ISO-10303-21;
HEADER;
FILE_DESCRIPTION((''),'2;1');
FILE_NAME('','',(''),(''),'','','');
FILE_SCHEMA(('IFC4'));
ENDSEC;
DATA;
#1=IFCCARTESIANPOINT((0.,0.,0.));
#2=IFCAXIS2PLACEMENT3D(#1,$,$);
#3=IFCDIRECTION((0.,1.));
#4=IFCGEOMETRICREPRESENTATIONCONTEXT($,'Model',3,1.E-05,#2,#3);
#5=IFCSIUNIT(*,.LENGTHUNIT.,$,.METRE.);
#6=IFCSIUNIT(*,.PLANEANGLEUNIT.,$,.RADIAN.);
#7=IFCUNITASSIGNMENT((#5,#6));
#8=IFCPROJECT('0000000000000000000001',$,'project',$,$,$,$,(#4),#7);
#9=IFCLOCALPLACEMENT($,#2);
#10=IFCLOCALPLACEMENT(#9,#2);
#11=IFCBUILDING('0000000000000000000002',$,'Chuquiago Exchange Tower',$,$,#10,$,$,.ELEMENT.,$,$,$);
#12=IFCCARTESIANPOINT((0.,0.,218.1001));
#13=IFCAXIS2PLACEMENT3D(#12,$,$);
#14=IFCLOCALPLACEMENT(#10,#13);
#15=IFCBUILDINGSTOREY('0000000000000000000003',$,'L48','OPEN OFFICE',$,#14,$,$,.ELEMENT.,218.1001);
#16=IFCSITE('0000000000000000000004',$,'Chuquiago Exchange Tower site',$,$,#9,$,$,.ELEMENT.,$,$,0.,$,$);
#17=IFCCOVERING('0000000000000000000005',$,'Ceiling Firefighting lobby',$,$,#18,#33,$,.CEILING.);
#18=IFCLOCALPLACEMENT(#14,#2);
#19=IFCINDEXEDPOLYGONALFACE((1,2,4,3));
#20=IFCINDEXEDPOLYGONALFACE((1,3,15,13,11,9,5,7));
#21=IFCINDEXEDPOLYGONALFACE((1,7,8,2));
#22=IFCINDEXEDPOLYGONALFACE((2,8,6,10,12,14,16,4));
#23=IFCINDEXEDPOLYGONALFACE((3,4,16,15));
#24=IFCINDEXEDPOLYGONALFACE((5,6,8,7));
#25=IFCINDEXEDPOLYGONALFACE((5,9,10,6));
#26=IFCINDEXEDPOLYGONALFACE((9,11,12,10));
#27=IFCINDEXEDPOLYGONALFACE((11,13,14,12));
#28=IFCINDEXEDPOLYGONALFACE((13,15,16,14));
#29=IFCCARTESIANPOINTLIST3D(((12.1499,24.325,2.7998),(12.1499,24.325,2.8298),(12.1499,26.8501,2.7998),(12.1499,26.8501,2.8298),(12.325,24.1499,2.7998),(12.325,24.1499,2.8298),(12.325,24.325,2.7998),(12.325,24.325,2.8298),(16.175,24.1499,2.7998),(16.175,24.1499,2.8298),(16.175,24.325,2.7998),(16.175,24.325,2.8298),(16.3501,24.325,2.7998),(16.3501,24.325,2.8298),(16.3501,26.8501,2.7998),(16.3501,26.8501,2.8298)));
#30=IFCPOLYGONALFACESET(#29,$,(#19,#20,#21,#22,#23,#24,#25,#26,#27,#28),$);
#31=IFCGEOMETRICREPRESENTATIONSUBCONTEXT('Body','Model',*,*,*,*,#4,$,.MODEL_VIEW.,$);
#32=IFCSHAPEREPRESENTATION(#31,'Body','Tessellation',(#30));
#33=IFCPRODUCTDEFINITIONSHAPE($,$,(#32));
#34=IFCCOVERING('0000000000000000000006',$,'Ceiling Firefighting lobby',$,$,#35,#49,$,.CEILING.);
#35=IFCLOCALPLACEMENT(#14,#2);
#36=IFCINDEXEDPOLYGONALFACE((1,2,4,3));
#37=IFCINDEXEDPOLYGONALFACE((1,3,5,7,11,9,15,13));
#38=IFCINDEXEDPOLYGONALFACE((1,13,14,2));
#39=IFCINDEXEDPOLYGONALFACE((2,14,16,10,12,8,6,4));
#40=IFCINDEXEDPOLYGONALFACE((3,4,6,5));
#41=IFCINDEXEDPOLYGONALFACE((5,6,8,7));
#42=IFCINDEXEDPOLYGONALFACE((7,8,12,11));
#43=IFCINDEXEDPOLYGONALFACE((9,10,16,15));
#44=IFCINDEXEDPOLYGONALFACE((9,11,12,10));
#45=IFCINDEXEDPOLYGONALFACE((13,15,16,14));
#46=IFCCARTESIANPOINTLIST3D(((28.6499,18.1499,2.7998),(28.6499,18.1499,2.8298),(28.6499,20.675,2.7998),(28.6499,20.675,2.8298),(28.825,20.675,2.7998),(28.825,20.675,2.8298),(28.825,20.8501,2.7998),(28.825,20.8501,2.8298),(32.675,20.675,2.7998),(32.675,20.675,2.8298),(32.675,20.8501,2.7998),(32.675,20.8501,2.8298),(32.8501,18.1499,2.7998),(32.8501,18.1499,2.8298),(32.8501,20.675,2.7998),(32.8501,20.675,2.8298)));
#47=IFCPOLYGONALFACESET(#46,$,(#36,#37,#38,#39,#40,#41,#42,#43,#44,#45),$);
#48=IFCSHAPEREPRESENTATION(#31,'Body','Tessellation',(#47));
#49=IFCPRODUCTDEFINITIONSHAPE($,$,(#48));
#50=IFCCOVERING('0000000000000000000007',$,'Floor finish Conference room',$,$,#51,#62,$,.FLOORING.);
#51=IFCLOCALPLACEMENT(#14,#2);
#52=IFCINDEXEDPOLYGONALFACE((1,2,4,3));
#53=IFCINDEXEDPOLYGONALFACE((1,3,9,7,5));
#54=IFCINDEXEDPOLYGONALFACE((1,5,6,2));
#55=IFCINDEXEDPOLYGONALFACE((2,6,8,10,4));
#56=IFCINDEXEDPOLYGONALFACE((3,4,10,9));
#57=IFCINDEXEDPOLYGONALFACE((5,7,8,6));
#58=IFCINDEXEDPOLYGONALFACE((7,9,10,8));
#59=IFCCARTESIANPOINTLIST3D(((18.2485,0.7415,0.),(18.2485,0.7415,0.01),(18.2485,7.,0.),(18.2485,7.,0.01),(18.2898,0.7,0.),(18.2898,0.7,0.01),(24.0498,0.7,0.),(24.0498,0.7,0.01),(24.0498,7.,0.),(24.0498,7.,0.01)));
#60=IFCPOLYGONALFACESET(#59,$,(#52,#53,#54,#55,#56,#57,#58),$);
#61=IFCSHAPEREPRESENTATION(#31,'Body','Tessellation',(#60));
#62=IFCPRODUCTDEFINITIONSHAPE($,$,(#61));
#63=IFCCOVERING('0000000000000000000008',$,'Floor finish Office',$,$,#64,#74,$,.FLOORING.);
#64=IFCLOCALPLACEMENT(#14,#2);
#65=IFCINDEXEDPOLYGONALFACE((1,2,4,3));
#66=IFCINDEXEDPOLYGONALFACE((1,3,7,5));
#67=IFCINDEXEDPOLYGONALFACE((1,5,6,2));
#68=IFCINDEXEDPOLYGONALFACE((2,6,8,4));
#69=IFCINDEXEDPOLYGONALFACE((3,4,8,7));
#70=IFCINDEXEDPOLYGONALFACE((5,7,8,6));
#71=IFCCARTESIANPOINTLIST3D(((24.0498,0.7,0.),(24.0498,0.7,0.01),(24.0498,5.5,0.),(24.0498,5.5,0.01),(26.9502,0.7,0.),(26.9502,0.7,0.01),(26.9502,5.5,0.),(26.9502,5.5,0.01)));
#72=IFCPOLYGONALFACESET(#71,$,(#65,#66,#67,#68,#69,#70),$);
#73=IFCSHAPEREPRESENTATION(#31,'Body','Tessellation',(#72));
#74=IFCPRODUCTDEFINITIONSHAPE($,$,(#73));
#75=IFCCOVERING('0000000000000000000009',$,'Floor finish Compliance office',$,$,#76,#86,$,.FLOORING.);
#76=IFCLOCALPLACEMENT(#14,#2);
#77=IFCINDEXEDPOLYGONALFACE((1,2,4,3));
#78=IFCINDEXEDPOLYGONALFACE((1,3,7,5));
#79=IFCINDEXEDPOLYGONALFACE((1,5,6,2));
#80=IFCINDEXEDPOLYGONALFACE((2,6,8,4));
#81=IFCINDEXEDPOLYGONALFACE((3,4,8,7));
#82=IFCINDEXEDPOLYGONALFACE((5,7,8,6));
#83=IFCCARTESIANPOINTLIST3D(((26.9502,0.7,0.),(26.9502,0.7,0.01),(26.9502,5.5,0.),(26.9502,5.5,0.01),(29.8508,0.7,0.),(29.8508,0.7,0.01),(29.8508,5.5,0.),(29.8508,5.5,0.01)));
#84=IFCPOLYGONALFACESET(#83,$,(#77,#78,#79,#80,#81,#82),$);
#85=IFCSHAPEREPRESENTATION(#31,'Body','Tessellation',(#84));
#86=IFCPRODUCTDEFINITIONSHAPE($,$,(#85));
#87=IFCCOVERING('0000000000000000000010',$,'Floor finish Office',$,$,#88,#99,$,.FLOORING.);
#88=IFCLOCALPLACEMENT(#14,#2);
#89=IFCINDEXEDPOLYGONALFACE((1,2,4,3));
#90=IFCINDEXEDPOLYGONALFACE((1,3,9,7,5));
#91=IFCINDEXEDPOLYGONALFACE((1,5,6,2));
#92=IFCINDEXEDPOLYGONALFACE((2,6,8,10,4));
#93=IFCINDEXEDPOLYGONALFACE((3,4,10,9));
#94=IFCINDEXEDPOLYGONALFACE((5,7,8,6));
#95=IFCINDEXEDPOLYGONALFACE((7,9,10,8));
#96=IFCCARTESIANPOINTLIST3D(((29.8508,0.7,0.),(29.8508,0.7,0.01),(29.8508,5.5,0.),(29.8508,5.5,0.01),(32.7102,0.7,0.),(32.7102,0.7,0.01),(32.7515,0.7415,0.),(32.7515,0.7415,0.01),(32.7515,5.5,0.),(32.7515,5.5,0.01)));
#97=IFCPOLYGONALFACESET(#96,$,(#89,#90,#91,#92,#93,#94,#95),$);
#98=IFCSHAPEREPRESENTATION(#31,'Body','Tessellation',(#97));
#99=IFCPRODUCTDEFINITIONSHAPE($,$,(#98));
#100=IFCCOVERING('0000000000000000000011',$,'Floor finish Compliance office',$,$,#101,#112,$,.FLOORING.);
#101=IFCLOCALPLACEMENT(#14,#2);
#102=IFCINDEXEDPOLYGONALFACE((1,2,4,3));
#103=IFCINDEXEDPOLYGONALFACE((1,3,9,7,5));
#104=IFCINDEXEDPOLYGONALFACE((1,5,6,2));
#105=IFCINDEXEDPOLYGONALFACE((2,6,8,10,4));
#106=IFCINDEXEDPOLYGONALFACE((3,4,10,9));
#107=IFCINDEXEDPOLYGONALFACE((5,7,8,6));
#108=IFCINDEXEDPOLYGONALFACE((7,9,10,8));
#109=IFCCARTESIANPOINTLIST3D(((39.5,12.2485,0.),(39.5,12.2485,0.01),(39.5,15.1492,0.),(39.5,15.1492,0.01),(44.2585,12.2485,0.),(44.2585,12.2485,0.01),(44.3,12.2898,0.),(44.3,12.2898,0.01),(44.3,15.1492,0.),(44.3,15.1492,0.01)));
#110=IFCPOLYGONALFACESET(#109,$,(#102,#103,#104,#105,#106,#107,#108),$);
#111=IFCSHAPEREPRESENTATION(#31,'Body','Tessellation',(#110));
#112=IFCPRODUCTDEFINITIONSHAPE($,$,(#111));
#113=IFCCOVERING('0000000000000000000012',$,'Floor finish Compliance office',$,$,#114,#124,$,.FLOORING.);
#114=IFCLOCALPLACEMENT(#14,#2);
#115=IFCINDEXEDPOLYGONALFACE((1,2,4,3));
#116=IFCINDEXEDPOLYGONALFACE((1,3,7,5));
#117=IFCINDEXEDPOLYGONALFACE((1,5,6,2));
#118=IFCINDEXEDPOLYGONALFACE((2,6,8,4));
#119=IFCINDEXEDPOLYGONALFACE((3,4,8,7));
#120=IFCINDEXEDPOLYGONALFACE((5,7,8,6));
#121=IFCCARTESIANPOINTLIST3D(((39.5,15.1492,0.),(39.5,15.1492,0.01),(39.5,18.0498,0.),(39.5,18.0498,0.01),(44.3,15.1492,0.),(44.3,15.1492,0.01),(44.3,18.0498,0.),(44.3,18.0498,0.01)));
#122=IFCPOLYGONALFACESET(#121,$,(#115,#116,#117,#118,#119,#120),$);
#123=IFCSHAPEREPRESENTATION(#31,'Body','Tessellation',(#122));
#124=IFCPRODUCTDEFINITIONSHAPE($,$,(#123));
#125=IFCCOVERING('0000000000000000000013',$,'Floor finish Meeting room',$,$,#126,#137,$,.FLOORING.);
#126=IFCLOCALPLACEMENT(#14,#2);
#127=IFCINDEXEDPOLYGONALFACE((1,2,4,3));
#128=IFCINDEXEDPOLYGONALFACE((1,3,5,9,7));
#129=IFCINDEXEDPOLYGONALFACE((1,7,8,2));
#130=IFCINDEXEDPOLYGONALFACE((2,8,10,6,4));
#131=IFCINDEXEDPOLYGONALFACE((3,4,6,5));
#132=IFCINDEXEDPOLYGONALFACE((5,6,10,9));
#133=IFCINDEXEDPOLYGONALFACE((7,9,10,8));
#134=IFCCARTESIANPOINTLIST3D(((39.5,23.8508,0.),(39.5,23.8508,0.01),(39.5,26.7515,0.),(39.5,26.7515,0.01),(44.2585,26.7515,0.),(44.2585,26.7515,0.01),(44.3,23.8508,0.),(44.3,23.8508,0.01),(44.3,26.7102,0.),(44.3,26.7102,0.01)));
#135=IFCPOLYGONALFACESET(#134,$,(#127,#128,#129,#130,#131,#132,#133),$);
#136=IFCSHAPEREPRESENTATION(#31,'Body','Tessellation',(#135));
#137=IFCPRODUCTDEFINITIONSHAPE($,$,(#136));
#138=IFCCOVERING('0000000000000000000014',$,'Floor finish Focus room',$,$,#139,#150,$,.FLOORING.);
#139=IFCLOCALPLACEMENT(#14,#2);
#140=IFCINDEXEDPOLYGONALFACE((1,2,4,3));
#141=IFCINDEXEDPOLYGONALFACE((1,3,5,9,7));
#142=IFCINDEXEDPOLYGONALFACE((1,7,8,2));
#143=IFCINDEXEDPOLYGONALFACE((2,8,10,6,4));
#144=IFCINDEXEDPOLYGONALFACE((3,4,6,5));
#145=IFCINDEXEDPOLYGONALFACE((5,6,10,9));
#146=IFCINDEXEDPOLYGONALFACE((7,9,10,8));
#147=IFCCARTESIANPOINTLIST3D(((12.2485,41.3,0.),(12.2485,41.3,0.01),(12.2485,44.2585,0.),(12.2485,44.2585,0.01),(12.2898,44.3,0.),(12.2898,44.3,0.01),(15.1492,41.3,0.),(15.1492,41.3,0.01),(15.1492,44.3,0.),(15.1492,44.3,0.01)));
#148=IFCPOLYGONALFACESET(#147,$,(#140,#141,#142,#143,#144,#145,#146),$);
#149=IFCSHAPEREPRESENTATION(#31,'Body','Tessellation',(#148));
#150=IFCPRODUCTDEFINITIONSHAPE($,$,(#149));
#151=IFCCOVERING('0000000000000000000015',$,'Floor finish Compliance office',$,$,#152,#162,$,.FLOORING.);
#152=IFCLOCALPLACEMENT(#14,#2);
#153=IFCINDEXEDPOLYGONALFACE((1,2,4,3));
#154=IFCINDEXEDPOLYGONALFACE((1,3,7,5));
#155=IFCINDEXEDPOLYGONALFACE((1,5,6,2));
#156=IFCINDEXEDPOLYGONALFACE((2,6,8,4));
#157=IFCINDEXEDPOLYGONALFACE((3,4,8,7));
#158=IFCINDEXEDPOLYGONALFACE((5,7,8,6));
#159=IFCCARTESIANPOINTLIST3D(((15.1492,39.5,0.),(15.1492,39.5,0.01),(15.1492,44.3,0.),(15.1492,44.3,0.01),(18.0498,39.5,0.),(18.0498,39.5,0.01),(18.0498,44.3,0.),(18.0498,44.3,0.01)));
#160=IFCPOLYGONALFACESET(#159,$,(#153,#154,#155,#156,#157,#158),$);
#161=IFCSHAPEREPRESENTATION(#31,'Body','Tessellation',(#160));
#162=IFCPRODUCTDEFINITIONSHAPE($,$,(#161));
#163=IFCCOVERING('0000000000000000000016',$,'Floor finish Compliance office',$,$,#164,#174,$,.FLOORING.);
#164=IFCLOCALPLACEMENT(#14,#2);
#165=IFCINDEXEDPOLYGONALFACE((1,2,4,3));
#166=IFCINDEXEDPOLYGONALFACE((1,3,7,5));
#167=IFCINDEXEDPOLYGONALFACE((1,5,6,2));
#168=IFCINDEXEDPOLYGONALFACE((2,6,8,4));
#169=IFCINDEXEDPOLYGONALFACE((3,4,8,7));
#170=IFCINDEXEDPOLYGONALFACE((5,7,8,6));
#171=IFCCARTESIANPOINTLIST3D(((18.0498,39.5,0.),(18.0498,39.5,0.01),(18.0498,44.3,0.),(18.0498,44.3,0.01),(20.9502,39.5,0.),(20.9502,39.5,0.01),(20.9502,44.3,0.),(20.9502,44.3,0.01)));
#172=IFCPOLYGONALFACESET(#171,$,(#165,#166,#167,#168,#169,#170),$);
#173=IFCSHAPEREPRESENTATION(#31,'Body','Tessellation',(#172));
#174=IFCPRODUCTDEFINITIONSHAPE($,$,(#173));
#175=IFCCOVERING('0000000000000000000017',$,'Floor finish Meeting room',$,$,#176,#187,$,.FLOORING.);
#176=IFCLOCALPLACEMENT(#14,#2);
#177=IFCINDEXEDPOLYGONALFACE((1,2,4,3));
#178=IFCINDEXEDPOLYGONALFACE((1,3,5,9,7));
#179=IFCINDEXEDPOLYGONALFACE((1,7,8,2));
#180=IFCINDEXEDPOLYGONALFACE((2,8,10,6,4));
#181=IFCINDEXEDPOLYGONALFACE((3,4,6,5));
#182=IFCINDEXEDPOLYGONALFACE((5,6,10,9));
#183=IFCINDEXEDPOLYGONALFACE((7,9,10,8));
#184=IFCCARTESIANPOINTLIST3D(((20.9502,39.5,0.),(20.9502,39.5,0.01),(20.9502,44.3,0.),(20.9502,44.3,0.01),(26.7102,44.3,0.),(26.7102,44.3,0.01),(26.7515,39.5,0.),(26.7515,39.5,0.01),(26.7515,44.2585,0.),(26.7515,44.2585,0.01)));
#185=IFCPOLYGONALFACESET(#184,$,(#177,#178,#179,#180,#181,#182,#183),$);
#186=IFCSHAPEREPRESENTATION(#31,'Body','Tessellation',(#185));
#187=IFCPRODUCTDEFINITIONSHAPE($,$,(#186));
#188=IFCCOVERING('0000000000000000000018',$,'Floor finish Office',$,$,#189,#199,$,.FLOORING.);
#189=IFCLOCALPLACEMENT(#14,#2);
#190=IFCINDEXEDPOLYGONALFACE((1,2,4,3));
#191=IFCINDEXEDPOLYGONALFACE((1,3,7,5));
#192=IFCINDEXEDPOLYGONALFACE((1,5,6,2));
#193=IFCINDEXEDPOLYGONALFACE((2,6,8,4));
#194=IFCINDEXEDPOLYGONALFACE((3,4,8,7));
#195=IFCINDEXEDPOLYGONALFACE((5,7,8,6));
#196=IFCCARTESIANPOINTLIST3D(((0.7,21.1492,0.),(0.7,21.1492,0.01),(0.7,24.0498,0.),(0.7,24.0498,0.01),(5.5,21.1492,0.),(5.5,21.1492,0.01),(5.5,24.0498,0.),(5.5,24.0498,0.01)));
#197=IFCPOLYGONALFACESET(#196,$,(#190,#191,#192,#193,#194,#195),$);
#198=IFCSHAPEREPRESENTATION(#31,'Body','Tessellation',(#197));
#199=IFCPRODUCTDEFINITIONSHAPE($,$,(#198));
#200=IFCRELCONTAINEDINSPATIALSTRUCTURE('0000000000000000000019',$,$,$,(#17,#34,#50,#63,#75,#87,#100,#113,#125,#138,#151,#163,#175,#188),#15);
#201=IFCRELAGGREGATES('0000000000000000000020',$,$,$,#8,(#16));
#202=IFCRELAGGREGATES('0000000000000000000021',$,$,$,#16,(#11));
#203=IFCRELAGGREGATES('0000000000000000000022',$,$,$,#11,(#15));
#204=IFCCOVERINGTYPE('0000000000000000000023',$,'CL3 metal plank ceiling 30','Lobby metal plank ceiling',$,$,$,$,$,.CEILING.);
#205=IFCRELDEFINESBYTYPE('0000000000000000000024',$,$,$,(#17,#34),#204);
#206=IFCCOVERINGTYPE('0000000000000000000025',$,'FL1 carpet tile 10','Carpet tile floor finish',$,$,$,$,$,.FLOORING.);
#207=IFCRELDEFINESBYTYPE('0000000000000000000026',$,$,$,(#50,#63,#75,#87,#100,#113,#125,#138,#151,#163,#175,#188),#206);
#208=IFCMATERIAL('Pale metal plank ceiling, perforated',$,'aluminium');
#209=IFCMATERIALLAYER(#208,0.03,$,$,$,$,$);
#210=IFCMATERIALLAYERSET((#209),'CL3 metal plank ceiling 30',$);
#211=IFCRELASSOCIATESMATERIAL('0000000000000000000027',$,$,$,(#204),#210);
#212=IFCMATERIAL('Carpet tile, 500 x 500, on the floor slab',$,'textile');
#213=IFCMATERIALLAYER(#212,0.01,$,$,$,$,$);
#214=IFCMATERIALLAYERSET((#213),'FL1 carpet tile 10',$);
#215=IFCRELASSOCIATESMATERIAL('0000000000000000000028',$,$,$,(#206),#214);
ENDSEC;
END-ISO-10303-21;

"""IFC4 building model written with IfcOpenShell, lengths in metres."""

from ifc_helpers import new_model, si_unit, direction, frame, origin, place, context, subcontext, project, spatial, polyline, outline, extrude, material, layer, layer_set, type_object, element, save


model = new_model("IFC4")

# Units and contexts
model_context = context("Model", 3, precision=1e-05, world=origin(), true_north=direction((0.0, 1.0)))
body_context = subcontext(model_context, "Body", "Model", "MODEL_VIEW")
ifc_project = project(units=[si_unit("LENGTHUNIT", "METRE"), si_unit("PLANEANGLEUNIT", "RADIAN")], contexts=[model_context])

# Site, building, storey
site_placement = place(None, origin())
site = spatial("IfcSite", under=ifc_project, at=site_placement, Name="Chuquiago Exchange Tower site", CompositionType="ELEMENT", RefElevation=0.0)
building_placement = place(site_placement, origin())
building = spatial("IfcBuilding", under=site, at=building_placement, Name="Chuquiago Exchange Tower", CompositionType="ELEMENT")
storey_placement = place(building_placement, frame((0.0, 0.0, 218.1001)))
storey = spatial("IfcBuildingStorey", under=building, at=storey_placement, Name="L48", Description="OPEN OFFICE", CompositionType="ELEMENT", Elevation=218.1001)

# Coverings
ifc_material_1 = material(Name="Pale metal plank ceiling, perforated", Category="aluminium")
ifc_layer_1 = layer(ifc_material_1, 0.03)
ifc_layer_set_1 = layer_set([ifc_layer_1], Name="CL3 metal plank ceiling 30")
covering_type_1 = type_object("IfcCoveringType", Name="CL3 metal plank ceiling 30", Description="Lobby metal plank ceiling", PredefinedType="CEILING", material=ifc_layer_set_1)
covering_1_placement = place(storey_placement, frame((0.0, 0.0, 2.7998)))
element("IfcCovering", 1, at=covering_1_placement, inside=storey, type_object=covering_type_1, Name="Ceiling Firefighting lobby", PredefinedType="CEILING", context=body_context, shape_type="SweptSolid", body=[
    extrude(outline(polyline([(12.325, 24.1499), (12.325, 24.325), (12.1499, 24.325), (12.1499, 26.8501), (16.3501, 26.8501), (16.3501, 24.325), (16.175, 24.325), (16.175, 24.1499), (12.325, 24.1499)])), origin(), (0.0, 0.0, 1.0), 0.03),
])
covering_2_placement = place(storey_placement, frame((0.0, 0.0, 2.7998)))
element("IfcCovering", 2, at=covering_2_placement, inside=storey, type_object=covering_type_1, Name="Ceiling Firefighting lobby", PredefinedType="CEILING", context=body_context, shape_type="SweptSolid", body=[
    extrude(outline(polyline([(28.6499, 18.1499), (28.6499, 20.675), (28.825, 20.675), (28.825, 20.8501), (32.675, 20.8501), (32.675, 20.675), (32.8501, 20.675), (32.8501, 18.1499), (28.6499, 18.1499)])), origin(), (0.0, 0.0, 1.0), 0.03),
])
ifc_material_2 = material(Name="Carpet tile, 500 x 500, on the floor slab", Category="textile")
ifc_layer_2 = layer(ifc_material_2, 0.01)
ifc_layer_set_2 = layer_set([ifc_layer_2], Name="FL1 carpet tile 10")
covering_type_2 = type_object("IfcCoveringType", Name="FL1 carpet tile 10", Description="Carpet tile floor finish", PredefinedType="FLOORING", material=ifc_layer_set_2)
covering_3_placement = place(storey_placement, origin())
element("IfcCovering", 3, at=covering_3_placement, inside=storey, type_object=covering_type_2, Name="Floor finish Conference room", PredefinedType="FLOORING", context=body_context, shape_type="SweptSolid", body=[
    extrude(outline(polyline([(18.2898, 0.7), (18.2485, 0.7415), (18.2485, 7.0), (24.0498, 7.0), (24.0498, 0.7), (18.2898, 0.7)])), origin(), (0.0, 0.0, 1.0), 0.01),
])
covering_4_placement = place(storey_placement, origin())
element("IfcCovering", 4, at=covering_4_placement, inside=storey, type_object=covering_type_2, Name="Floor finish Office", PredefinedType="FLOORING", context=body_context, shape_type="SweptSolid", body=[
    extrude(outline(polyline([(24.0498, 0.7), (24.0498, 5.5), (26.9502, 5.5), (26.9502, 0.7), (24.0498, 0.7)])), origin(), (0.0, 0.0, 1.0), 0.01),
])
covering_5_placement = place(storey_placement, origin())
element("IfcCovering", 5, at=covering_5_placement, inside=storey, type_object=covering_type_2, Name="Floor finish Compliance office", PredefinedType="FLOORING", context=body_context, shape_type="SweptSolid", body=[
    extrude(outline(polyline([(26.9502, 0.7), (26.9502, 5.5), (29.8508, 5.5), (29.8508, 0.7), (26.9502, 0.7)])), origin(), (0.0, 0.0, 1.0), 0.01),
])
covering_6_placement = place(storey_placement, origin())
element("IfcCovering", 6, at=covering_6_placement, inside=storey, type_object=covering_type_2, Name="Floor finish Office", PredefinedType="FLOORING", context=body_context, shape_type="SweptSolid", body=[
    extrude(outline(polyline([(32.7102, 0.7), (29.8508, 0.7), (29.8508, 5.5), (32.7515, 5.5), (32.7515, 0.7415), (32.7102, 0.7)])), origin(), (0.0, 0.0, 1.0), 0.01),
])
covering_7_placement = place(storey_placement, origin())
element("IfcCovering", 7, at=covering_7_placement, inside=storey, type_object=covering_type_2, Name="Floor finish Compliance office", PredefinedType="FLOORING", context=body_context, shape_type="SweptSolid", body=[
    extrude(outline(polyline([(44.3, 12.2898), (44.2585, 12.2485), (39.5, 12.2485), (39.5, 15.1492), (44.3, 15.1492), (44.3, 12.2898)])), origin(), (0.0, 0.0, 1.0), 0.01),
])
covering_8_placement = place(storey_placement, origin())
element("IfcCovering", 8, at=covering_8_placement, inside=storey, type_object=covering_type_2, Name="Floor finish Compliance office", PredefinedType="FLOORING", context=body_context, shape_type="SweptSolid", body=[
    extrude(outline(polyline([(44.3, 15.1492), (39.5, 15.1492), (39.5, 18.0498), (44.3, 18.0498), (44.3, 15.1492)])), origin(), (0.0, 0.0, 1.0), 0.01),
])
covering_9_placement = place(storey_placement, origin())
element("IfcCovering", 9, at=covering_9_placement, inside=storey, type_object=covering_type_2, Name="Floor finish Meeting room", PredefinedType="FLOORING", context=body_context, shape_type="SweptSolid", body=[
    extrude(outline(polyline([(44.3, 26.7102), (44.3, 23.8508), (39.5, 23.8508), (39.5, 26.7515), (44.2585, 26.7515), (44.3, 26.7102)])), origin(), (0.0, 0.0, 1.0), 0.01),
])
covering_10_placement = place(storey_placement, origin())
element("IfcCovering", 10, at=covering_10_placement, inside=storey, type_object=covering_type_2, Name="Floor finish Focus room", PredefinedType="FLOORING", context=body_context, shape_type="SweptSolid", body=[
    extrude(outline(polyline([(12.2898, 44.3), (15.1492, 44.3), (15.1492, 41.3), (12.2485, 41.3), (12.2485, 44.2585), (12.2898, 44.3)])), origin(), (0.0, 0.0, 1.0), 0.01),
])
covering_11_placement = place(storey_placement, origin())
element("IfcCovering", 11, at=covering_11_placement, inside=storey, type_object=covering_type_2, Name="Floor finish Compliance office", PredefinedType="FLOORING", context=body_context, shape_type="SweptSolid", body=[
    extrude(outline(polyline([(18.0498, 44.3), (18.0498, 39.5), (15.1492, 39.5), (15.1492, 44.3), (18.0498, 44.3)])), origin(), (0.0, 0.0, 1.0), 0.01),
])
covering_12_placement = place(storey_placement, origin())
element("IfcCovering", 12, at=covering_12_placement, inside=storey, type_object=covering_type_2, Name="Floor finish Compliance office", PredefinedType="FLOORING", context=body_context, shape_type="SweptSolid", body=[
    extrude(outline(polyline([(20.9502, 44.3), (20.9502, 39.5), (18.0498, 39.5), (18.0498, 44.3), (20.9502, 44.3)])), origin(), (0.0, 0.0, 1.0), 0.01),
])
covering_13_placement = place(storey_placement, origin())
element("IfcCovering", 13, at=covering_13_placement, inside=storey, type_object=covering_type_2, Name="Floor finish Meeting room", PredefinedType="FLOORING", context=body_context, shape_type="SweptSolid", body=[
    extrude(outline(polyline([(26.7102, 44.3), (26.7515, 44.2585), (26.7515, 39.5), (20.9502, 39.5), (20.9502, 44.3), (26.7102, 44.3)])), origin(), (0.0, 0.0, 1.0), 0.01),
])
covering_14_placement = place(storey_placement, origin())
element("IfcCovering", 14, at=covering_14_placement, inside=storey, type_object=covering_type_2, Name="Floor finish Office", PredefinedType="FLOORING", context=body_context, shape_type="SweptSolid", body=[
    extrude(outline(polyline([(0.7, 24.0498), (5.5, 24.0498), (5.5, 21.1492), (0.7, 21.1492), (0.7, 24.0498)])), origin(), (0.0, 0.0, 1.0), 0.01),
])

save(model, "model.ifc")
